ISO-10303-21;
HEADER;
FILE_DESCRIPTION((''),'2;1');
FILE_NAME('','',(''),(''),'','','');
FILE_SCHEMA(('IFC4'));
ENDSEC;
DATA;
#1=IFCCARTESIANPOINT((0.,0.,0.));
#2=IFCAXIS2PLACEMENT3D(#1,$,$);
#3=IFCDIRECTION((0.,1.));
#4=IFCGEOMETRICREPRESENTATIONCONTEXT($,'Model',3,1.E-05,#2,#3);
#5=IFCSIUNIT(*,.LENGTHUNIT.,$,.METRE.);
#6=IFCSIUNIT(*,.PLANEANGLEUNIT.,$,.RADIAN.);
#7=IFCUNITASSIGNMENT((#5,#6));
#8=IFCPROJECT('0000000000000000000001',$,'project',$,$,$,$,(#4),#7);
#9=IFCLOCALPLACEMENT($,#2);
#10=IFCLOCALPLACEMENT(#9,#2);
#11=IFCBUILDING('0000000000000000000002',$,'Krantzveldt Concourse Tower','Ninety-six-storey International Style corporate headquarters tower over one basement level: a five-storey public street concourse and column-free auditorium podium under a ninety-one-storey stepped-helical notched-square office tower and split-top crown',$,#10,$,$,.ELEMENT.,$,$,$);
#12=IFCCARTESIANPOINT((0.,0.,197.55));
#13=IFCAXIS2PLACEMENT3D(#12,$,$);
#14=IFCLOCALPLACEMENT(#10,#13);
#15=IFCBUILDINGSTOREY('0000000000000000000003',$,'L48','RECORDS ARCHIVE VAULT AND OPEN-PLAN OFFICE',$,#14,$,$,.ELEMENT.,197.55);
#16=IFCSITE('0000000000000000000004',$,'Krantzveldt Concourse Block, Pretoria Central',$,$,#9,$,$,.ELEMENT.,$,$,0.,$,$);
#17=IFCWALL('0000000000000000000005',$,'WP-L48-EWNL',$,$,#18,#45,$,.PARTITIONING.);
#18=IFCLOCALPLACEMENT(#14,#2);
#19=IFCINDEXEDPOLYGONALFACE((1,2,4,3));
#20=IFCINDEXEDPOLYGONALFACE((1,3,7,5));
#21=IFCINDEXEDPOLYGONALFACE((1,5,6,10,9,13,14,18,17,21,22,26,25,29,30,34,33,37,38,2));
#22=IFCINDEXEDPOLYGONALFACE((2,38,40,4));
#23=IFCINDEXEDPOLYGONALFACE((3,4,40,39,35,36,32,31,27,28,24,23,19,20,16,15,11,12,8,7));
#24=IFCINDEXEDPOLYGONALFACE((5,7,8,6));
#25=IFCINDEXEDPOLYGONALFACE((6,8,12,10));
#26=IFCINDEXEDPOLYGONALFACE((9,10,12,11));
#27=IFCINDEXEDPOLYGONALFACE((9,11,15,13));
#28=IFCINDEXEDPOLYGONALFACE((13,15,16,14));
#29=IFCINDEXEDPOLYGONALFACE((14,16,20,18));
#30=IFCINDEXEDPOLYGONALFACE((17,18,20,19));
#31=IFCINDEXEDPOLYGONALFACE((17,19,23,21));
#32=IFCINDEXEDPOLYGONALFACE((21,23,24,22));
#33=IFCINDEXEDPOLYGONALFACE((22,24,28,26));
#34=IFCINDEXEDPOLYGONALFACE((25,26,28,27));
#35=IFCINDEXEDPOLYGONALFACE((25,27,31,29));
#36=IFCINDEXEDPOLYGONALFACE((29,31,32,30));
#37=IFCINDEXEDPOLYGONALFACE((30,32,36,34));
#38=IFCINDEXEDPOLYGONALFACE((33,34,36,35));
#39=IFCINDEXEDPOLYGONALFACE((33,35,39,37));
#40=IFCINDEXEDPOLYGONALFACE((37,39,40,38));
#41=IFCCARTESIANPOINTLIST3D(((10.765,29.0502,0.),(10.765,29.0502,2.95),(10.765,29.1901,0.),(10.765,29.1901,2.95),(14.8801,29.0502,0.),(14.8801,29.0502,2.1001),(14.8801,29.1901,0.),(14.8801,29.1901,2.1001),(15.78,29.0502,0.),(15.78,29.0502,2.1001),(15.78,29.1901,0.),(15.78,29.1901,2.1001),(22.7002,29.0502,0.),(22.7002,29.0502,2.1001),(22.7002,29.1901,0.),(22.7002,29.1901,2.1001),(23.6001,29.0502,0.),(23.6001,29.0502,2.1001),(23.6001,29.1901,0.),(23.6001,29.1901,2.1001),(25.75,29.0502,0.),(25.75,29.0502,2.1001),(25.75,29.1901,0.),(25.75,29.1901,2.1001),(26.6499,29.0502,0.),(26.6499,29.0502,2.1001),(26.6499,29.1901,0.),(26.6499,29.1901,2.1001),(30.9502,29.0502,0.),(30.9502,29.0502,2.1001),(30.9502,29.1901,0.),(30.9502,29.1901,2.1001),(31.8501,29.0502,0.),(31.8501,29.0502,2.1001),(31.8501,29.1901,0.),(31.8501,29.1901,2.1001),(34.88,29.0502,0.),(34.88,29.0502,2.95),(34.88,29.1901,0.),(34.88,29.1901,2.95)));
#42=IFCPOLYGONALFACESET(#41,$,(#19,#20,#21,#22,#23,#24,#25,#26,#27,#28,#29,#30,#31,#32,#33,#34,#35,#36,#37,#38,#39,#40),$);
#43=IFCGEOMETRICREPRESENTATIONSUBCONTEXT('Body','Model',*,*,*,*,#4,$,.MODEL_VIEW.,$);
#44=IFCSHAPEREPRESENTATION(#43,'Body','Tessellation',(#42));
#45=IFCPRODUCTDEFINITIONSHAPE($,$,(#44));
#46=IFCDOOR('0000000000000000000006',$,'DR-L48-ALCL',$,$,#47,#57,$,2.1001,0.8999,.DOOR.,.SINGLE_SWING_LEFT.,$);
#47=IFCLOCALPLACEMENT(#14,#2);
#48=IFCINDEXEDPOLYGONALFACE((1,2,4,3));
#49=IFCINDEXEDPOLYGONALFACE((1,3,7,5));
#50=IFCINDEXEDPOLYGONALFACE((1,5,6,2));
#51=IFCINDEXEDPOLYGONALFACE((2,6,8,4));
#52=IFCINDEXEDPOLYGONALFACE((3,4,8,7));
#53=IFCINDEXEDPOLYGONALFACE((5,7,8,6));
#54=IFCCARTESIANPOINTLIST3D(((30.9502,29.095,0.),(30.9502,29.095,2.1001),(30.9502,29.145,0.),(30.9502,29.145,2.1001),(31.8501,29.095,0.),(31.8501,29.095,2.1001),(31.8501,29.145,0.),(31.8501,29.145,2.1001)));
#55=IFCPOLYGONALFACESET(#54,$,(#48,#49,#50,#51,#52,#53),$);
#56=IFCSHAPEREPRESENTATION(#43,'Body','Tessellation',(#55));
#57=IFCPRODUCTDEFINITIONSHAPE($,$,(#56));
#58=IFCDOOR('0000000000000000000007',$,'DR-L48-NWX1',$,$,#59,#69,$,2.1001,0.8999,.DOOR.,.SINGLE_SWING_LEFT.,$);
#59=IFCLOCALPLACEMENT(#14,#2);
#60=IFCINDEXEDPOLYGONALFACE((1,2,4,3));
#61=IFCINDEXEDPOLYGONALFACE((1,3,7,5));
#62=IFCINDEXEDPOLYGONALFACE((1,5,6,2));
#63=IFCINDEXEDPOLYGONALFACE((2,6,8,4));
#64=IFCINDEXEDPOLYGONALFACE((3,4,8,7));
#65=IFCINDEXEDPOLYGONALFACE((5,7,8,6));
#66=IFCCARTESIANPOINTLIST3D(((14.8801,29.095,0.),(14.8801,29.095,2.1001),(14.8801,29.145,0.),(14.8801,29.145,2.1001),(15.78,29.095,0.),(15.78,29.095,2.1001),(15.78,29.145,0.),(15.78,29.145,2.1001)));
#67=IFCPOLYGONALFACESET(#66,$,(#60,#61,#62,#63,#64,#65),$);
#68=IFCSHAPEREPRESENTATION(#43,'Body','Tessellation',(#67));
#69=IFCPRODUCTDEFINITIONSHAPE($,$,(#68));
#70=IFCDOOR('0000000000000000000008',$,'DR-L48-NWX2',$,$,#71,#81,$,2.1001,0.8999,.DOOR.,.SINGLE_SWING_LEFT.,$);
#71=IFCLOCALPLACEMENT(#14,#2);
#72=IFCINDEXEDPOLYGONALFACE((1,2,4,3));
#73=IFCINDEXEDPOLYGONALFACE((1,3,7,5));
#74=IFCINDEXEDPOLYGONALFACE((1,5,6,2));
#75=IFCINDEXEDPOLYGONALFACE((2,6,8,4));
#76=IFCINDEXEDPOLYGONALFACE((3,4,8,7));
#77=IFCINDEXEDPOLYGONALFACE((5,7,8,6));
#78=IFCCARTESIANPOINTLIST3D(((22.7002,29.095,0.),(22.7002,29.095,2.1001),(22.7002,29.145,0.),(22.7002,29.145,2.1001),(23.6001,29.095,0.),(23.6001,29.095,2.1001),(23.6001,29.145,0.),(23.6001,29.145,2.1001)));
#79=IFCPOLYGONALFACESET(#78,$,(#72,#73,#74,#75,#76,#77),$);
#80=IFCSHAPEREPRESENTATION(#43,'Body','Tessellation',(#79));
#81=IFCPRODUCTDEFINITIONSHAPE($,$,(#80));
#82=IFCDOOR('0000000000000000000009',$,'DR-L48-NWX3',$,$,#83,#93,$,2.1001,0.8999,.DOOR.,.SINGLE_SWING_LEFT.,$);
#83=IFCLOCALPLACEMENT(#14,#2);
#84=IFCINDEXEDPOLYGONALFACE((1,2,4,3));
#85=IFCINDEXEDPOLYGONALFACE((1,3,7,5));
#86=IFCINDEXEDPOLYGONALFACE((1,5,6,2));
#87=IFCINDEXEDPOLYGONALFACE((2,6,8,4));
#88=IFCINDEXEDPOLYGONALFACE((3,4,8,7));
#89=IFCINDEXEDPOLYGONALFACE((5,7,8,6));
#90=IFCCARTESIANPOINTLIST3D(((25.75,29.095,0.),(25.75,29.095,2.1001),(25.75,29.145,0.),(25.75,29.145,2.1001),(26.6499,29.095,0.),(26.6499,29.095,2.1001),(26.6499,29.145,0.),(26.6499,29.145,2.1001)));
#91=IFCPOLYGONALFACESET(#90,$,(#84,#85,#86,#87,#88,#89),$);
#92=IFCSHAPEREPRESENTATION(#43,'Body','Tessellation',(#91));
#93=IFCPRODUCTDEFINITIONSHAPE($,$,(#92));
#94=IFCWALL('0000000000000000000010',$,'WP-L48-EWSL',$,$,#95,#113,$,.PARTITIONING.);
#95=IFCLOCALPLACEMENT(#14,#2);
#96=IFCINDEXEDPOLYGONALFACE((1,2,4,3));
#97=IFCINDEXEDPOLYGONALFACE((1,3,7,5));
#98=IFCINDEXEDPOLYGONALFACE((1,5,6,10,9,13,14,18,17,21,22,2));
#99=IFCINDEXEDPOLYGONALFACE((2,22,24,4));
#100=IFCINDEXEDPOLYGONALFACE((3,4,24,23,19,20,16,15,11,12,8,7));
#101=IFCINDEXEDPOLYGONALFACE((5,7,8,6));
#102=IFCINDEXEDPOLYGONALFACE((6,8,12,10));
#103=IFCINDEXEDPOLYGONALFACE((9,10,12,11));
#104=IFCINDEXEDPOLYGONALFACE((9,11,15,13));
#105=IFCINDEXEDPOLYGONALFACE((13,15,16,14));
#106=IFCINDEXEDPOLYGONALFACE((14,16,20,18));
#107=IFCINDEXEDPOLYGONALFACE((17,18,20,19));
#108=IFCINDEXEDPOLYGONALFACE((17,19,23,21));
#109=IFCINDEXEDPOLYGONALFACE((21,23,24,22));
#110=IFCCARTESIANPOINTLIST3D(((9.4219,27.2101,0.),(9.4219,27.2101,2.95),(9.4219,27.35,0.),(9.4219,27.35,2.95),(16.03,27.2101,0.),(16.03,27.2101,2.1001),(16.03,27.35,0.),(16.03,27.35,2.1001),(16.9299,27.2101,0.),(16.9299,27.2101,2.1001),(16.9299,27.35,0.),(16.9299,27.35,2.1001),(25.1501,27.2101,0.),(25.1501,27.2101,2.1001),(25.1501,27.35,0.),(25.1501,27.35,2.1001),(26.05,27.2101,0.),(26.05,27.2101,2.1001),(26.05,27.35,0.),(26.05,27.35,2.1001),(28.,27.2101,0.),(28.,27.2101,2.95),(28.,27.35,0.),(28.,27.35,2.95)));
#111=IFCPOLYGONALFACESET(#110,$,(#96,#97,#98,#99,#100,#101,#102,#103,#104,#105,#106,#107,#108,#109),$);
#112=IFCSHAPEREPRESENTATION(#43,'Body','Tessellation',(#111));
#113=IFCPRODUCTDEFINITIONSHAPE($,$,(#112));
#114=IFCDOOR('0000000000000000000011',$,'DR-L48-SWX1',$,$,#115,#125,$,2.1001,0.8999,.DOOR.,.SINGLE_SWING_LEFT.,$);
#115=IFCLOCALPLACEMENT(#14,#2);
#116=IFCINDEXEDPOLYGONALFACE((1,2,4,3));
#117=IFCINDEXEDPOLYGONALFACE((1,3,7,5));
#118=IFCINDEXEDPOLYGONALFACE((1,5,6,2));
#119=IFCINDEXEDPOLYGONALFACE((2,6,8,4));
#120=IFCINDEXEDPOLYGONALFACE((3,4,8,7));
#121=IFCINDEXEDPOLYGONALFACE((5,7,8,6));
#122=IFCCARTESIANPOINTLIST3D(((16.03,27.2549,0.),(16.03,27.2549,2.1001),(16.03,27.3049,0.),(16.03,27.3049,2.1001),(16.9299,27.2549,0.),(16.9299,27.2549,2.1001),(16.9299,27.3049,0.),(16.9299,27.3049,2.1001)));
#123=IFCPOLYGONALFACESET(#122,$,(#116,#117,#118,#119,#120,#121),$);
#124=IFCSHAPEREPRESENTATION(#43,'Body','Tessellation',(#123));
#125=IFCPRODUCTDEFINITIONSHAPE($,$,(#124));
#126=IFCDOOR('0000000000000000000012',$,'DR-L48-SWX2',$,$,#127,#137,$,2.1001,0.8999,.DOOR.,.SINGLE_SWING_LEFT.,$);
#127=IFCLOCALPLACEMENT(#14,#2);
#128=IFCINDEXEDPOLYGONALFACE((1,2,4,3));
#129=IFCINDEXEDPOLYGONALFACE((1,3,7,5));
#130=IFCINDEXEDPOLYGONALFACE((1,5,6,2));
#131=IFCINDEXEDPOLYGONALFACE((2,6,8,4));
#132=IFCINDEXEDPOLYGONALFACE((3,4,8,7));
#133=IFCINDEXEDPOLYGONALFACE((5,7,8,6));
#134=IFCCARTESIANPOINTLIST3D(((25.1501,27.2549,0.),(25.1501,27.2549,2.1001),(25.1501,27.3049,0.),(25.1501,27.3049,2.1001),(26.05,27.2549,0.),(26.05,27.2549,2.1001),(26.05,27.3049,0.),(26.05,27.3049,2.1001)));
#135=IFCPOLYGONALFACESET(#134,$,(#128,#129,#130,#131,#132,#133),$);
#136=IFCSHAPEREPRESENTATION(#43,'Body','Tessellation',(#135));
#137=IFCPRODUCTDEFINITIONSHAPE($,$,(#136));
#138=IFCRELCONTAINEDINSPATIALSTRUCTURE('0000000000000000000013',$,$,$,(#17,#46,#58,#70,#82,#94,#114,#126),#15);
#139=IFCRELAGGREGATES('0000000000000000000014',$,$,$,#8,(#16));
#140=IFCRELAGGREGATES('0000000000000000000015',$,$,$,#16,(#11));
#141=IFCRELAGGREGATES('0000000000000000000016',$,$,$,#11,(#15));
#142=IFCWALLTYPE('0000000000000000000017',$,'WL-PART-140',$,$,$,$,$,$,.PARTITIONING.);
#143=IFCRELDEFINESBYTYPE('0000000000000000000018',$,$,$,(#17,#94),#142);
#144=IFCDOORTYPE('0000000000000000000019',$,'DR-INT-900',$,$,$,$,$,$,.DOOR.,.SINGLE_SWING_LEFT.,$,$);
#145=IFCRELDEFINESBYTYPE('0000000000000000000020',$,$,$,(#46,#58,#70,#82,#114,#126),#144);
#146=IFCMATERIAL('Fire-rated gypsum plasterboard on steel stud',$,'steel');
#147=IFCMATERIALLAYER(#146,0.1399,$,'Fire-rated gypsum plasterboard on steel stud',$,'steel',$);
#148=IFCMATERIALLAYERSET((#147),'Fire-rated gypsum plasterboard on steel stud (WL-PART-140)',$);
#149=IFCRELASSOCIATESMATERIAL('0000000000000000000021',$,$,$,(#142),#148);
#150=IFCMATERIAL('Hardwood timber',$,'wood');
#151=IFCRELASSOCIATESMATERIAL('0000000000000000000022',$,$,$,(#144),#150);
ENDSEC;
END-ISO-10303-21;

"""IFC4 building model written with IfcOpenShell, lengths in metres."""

from ifc_helpers import new_model, si_unit, direction, frame, frame_2d, origin, place, context, subcontext, project, spatial, rectangle, extrude, material, layer, layer_set, type_object, element, fill, save


model = new_model("IFC4")

# Units and contexts
model_context = context("Model", 3, precision=1e-05, world=origin(), true_north=direction((0.0, 1.0)))
body_context = subcontext(model_context, "Body", "Model", "MODEL_VIEW")
ifc_project = project(units=[si_unit("LENGTHUNIT", "METRE"), si_unit("PLANEANGLEUNIT", "RADIAN")], contexts=[model_context])

# Site, building, storey
site_placement = place(None, origin())
site = spatial("IfcSite", under=ifc_project, at=site_placement, Name="Krantzveldt Concourse Block, Pretoria Central", CompositionType="ELEMENT", RefElevation=0.0)
building_placement = place(site_placement, origin())
building = spatial("IfcBuilding", under=site, at=building_placement, Name="Krantzveldt Concourse Tower", Description="Ninety-six-storey International Style corporate headquarters tower over one basement level: a five-storey public street concourse and column-free auditorium podium under a ninety-one-storey stepped-helical notched-square office tower and split-top crown", CompositionType="ELEMENT")
storey_placement = place(building_placement, frame((0.0, 0.0, 197.55)))
storey = spatial("IfcBuildingStorey", under=building, at=storey_placement, Name="L48", Description="RECORDS ARCHIVE VAULT AND OPEN-PLAN OFFICE", CompositionType="ELEMENT", Elevation=197.55)

# Walls, openings, doors
ifc_material_1 = material(Name="Fire-rated gypsum plasterboard on steel stud", Category="steel")
ifc_layer_1 = layer(ifc_material_1, 0.1399, Name="Fire-rated gypsum plasterboard on steel stud", Category="steel")
ifc_layer_set_1 = layer_set([ifc_layer_1], Name="Fire-rated gypsum plasterboard on steel stud (WL-PART-140)")
wall_type_1 = type_object("IfcWallType", Name="WL-PART-140", PredefinedType="PARTITIONING", material=ifc_layer_set_1)
wall_1_placement = place(storey_placement, frame((10.7649, 29.1201, 0.0), z_axis=(0.0, 0.0, 1.0), x_axis=(1.0, 0.0, 0.0)))
wall_1 = element("IfcWall", 1, at=wall_1_placement, inside=storey, type_object=wall_type_1, Name="WP-L48-EWNL", PredefinedType="PARTITIONING", context=body_context, shape_type="SweptSolid", body=[
    extrude(rectangle(XDim=24.115, YDim=0.1399, at=frame_2d((12.0576, 0.0))), origin(), (0.0, 0.0, 1.0), 2.95),
])
opening_1_placement = place(wall_1_placement, frame((20.1853, 0.0, 0.0)))
opening_1 = element("IfcOpeningElement", 2, at=opening_1_placement, cuts=wall_1, PredefinedType="OPENING", context=body_context, shape_type="SweptSolid", body=[
    extrude(rectangle(XDim=0.8999, YDim=2.1001, at=frame_2d((0.45, 1.05))), frame((0.0, 0.0801, 0.0), z_axis=(0.0, -1.0, 0.0), x_axis=(1.0, 0.0, 0.0)), (0.0, 0.0, 1.0), 0.1599),
])
opening_2_placement = place(wall_1_placement, frame((4.1152, 0.0, 0.0)))
opening_2 = element("IfcOpeningElement", 3, at=opening_2_placement, cuts=wall_1, PredefinedType="OPENING", context=body_context, shape_type="SweptSolid", body=[
    extrude(rectangle(XDim=0.8999, YDim=2.1001, at=frame_2d((0.45, 1.05))), frame((0.0, 0.0801, 0.0), z_axis=(0.0, -1.0, 0.0), x_axis=(1.0, 0.0, 0.0)), (0.0, 0.0, 1.0), 0.1599),
])
opening_3_placement = place(wall_1_placement, frame((11.9353, 0.0, 0.0)))
opening_3 = element("IfcOpeningElement", 4, at=opening_3_placement, cuts=wall_1, PredefinedType="OPENING", context=body_context, shape_type="SweptSolid", body=[
    extrude(rectangle(XDim=0.8999, YDim=2.1001, at=frame_2d((0.45, 1.05))), frame((0.0, 0.0801, 0.0), z_axis=(0.0, -1.0, 0.0), x_axis=(1.0, 0.0, 0.0)), (0.0, 0.0, 1.0), 0.1599),
])
opening_4_placement = place(wall_1_placement, frame((14.9851, 0.0, 0.0)))
opening_4 = element("IfcOpeningElement", 5, at=opening_4_placement, cuts=wall_1, PredefinedType="OPENING", context=body_context, shape_type="SweptSolid", body=[
    extrude(rectangle(XDim=0.8999, YDim=2.1001, at=frame_2d((0.45, 1.05))), frame((0.0, 0.0801, 0.0), z_axis=(0.0, -1.0, 0.0), x_axis=(1.0, 0.0, 0.0)), (0.0, 0.0, 1.0), 0.1599),
])
ifc_material_2 = material(Name="Hardwood timber", Category="wood")
door_type = type_object("IfcDoorType", Name="DR-INT-900", OperationType="SINGLE_SWING_LEFT", PredefinedType="DOOR", material=ifc_material_2)
door_1_placement = place(opening_1_placement, origin())
door_1 = element("IfcDoor", 6, at=door_1_placement, inside=storey, type_object=door_type, Name="DR-L48-ALCL", OperationType="SINGLE_SWING_LEFT", OverallHeight=2.1001, OverallWidth=0.8999, PredefinedType="DOOR", context=body_context, shape_type="SweptSolid", body=[
    extrude(rectangle(XDim=0.8999, YDim=2.1001, at=frame_2d((0.45, 1.05))), frame((0.0, 0.0249, 0.0), z_axis=(0.0, -1.0, 0.0), x_axis=(1.0, 0.0, 0.0)), (0.0, 0.0, 1.0), 0.05),
])
fill(opening_1, door_1)
door_2_placement = place(opening_2_placement, origin())
door_2 = element("IfcDoor", 7, at=door_2_placement, inside=storey, type_object=door_type, Name="DR-L48-NWX1", OperationType="SINGLE_SWING_LEFT", OverallHeight=2.1001, OverallWidth=0.8999, PredefinedType="DOOR", context=body_context, shape_type="SweptSolid", body=[
    extrude(rectangle(XDim=0.8999, YDim=2.1001, at=frame_2d((0.45, 1.05))), frame((0.0, 0.0249, 0.0), z_axis=(0.0, -1.0, 0.0), x_axis=(1.0, 0.0, 0.0)), (0.0, 0.0, 1.0), 0.05),
])
fill(opening_2, door_2)
door_3_placement = place(opening_3_placement, origin())
door_3 = element("IfcDoor", 8, at=door_3_placement, inside=storey, type_object=door_type, Name="DR-L48-NWX2", OperationType="SINGLE_SWING_LEFT", OverallHeight=2.1001, OverallWidth=0.8999, PredefinedType="DOOR", context=body_context, shape_type="SweptSolid", body=[
    extrude(rectangle(XDim=0.8999, YDim=2.1001, at=frame_2d((0.45, 1.05))), frame((0.0, 0.0249, 0.0), z_axis=(0.0, -1.0, 0.0), x_axis=(1.0, 0.0, 0.0)), (0.0, 0.0, 1.0), 0.05),
])
fill(opening_3, door_3)
door_4_placement = place(opening_4_placement, origin())
door_4 = element("IfcDoor", 9, at=door_4_placement, inside=storey, type_object=door_type, Name="DR-L48-NWX3", OperationType="SINGLE_SWING_LEFT", OverallHeight=2.1001, OverallWidth=0.8999, PredefinedType="DOOR", context=body_context, shape_type="SweptSolid", body=[
    extrude(rectangle(XDim=0.8999, YDim=2.1001, at=frame_2d((0.45, 1.05))), frame((0.0, 0.0249, 0.0), z_axis=(0.0, -1.0, 0.0), x_axis=(1.0, 0.0, 0.0)), (0.0, 0.0, 1.0), 0.05),
])
fill(opening_4, door_4)
wall_2_placement = place(storey_placement, frame((9.4219, 27.28, 0.0), z_axis=(0.0, 0.0, 1.0), x_axis=(1.0, 0.0, 0.0)))
wall_2 = element("IfcWall", 10, at=wall_2_placement, inside=storey, type_object=wall_type_1, Name="WP-L48-EWSL", PredefinedType="PARTITIONING", context=body_context, shape_type="SweptSolid", body=[
    extrude(rectangle(XDim=18.5781, YDim=0.1399, at=frame_2d((9.2891, 0.0))), origin(), (0.0, 0.0, 1.0), 2.95),
])
opening_5_placement = place(wall_2_placement, frame((6.6082, 0.0, 0.0)))
opening_5 = element("IfcOpeningElement", 11, at=opening_5_placement, cuts=wall_2, PredefinedType="OPENING", context=body_context, shape_type="SweptSolid", body=[
    extrude(rectangle(XDim=0.8999, YDim=2.1001, at=frame_2d((0.45, 1.05))), frame((0.0, 0.0801, 0.0), z_axis=(0.0, -1.0, 0.0), x_axis=(1.0, 0.0, 0.0)), (0.0, 0.0, 1.0), 0.1599),
])
opening_6_placement = place(wall_2_placement, frame((15.7283, 0.0, 0.0)))
opening_6 = element("IfcOpeningElement", 12, at=opening_6_placement, cuts=wall_2, PredefinedType="OPENING", context=body_context, shape_type="SweptSolid", body=[
    extrude(rectangle(XDim=0.8999, YDim=2.1001, at=frame_2d((0.45, 1.05))), frame((0.0, 0.0801, 0.0), z_axis=(0.0, -1.0, 0.0), x_axis=(1.0, 0.0, 0.0)), (0.0, 0.0, 1.0), 0.1599),
])
door_5_placement = place(opening_5_placement, origin())
door_5 = element("IfcDoor", 13, at=door_5_placement, inside=storey, type_object=door_type, Name="DR-L48-SWX1", OperationType="SINGLE_SWING_LEFT", OverallHeight=2.1001, OverallWidth=0.8999, PredefinedType="DOOR", context=body_context, shape_type="SweptSolid", body=[
    extrude(rectangle(XDim=0.8999, YDim=2.1001, at=frame_2d((0.45, 1.05))), frame((0.0, 0.0249, 0.0), z_axis=(0.0, -1.0, 0.0), x_axis=(1.0, 0.0, 0.0)), (0.0, 0.0, 1.0), 0.05),
])
fill(opening_5, door_5)
door_6_placement = place(opening_6_placement, origin())
door_6 = element("IfcDoor", 14, at=door_6_placement, inside=storey, type_object=door_type, Name="DR-L48-SWX2", OperationType="SINGLE_SWING_LEFT", OverallHeight=2.1001, OverallWidth=0.8999, PredefinedType="DOOR", context=body_context, shape_type="SweptSolid", body=[
    extrude(rectangle(XDim=0.8999, YDim=2.1001, at=frame_2d((0.45, 1.05))), frame((0.0, 0.0249, 0.0), z_axis=(0.0, -1.0, 0.0), x_axis=(1.0, 0.0, 0.0)), (0.0, 0.0, 1.0), 0.05),
])
fill(opening_6, door_6)

save(model, "model.ifc")
